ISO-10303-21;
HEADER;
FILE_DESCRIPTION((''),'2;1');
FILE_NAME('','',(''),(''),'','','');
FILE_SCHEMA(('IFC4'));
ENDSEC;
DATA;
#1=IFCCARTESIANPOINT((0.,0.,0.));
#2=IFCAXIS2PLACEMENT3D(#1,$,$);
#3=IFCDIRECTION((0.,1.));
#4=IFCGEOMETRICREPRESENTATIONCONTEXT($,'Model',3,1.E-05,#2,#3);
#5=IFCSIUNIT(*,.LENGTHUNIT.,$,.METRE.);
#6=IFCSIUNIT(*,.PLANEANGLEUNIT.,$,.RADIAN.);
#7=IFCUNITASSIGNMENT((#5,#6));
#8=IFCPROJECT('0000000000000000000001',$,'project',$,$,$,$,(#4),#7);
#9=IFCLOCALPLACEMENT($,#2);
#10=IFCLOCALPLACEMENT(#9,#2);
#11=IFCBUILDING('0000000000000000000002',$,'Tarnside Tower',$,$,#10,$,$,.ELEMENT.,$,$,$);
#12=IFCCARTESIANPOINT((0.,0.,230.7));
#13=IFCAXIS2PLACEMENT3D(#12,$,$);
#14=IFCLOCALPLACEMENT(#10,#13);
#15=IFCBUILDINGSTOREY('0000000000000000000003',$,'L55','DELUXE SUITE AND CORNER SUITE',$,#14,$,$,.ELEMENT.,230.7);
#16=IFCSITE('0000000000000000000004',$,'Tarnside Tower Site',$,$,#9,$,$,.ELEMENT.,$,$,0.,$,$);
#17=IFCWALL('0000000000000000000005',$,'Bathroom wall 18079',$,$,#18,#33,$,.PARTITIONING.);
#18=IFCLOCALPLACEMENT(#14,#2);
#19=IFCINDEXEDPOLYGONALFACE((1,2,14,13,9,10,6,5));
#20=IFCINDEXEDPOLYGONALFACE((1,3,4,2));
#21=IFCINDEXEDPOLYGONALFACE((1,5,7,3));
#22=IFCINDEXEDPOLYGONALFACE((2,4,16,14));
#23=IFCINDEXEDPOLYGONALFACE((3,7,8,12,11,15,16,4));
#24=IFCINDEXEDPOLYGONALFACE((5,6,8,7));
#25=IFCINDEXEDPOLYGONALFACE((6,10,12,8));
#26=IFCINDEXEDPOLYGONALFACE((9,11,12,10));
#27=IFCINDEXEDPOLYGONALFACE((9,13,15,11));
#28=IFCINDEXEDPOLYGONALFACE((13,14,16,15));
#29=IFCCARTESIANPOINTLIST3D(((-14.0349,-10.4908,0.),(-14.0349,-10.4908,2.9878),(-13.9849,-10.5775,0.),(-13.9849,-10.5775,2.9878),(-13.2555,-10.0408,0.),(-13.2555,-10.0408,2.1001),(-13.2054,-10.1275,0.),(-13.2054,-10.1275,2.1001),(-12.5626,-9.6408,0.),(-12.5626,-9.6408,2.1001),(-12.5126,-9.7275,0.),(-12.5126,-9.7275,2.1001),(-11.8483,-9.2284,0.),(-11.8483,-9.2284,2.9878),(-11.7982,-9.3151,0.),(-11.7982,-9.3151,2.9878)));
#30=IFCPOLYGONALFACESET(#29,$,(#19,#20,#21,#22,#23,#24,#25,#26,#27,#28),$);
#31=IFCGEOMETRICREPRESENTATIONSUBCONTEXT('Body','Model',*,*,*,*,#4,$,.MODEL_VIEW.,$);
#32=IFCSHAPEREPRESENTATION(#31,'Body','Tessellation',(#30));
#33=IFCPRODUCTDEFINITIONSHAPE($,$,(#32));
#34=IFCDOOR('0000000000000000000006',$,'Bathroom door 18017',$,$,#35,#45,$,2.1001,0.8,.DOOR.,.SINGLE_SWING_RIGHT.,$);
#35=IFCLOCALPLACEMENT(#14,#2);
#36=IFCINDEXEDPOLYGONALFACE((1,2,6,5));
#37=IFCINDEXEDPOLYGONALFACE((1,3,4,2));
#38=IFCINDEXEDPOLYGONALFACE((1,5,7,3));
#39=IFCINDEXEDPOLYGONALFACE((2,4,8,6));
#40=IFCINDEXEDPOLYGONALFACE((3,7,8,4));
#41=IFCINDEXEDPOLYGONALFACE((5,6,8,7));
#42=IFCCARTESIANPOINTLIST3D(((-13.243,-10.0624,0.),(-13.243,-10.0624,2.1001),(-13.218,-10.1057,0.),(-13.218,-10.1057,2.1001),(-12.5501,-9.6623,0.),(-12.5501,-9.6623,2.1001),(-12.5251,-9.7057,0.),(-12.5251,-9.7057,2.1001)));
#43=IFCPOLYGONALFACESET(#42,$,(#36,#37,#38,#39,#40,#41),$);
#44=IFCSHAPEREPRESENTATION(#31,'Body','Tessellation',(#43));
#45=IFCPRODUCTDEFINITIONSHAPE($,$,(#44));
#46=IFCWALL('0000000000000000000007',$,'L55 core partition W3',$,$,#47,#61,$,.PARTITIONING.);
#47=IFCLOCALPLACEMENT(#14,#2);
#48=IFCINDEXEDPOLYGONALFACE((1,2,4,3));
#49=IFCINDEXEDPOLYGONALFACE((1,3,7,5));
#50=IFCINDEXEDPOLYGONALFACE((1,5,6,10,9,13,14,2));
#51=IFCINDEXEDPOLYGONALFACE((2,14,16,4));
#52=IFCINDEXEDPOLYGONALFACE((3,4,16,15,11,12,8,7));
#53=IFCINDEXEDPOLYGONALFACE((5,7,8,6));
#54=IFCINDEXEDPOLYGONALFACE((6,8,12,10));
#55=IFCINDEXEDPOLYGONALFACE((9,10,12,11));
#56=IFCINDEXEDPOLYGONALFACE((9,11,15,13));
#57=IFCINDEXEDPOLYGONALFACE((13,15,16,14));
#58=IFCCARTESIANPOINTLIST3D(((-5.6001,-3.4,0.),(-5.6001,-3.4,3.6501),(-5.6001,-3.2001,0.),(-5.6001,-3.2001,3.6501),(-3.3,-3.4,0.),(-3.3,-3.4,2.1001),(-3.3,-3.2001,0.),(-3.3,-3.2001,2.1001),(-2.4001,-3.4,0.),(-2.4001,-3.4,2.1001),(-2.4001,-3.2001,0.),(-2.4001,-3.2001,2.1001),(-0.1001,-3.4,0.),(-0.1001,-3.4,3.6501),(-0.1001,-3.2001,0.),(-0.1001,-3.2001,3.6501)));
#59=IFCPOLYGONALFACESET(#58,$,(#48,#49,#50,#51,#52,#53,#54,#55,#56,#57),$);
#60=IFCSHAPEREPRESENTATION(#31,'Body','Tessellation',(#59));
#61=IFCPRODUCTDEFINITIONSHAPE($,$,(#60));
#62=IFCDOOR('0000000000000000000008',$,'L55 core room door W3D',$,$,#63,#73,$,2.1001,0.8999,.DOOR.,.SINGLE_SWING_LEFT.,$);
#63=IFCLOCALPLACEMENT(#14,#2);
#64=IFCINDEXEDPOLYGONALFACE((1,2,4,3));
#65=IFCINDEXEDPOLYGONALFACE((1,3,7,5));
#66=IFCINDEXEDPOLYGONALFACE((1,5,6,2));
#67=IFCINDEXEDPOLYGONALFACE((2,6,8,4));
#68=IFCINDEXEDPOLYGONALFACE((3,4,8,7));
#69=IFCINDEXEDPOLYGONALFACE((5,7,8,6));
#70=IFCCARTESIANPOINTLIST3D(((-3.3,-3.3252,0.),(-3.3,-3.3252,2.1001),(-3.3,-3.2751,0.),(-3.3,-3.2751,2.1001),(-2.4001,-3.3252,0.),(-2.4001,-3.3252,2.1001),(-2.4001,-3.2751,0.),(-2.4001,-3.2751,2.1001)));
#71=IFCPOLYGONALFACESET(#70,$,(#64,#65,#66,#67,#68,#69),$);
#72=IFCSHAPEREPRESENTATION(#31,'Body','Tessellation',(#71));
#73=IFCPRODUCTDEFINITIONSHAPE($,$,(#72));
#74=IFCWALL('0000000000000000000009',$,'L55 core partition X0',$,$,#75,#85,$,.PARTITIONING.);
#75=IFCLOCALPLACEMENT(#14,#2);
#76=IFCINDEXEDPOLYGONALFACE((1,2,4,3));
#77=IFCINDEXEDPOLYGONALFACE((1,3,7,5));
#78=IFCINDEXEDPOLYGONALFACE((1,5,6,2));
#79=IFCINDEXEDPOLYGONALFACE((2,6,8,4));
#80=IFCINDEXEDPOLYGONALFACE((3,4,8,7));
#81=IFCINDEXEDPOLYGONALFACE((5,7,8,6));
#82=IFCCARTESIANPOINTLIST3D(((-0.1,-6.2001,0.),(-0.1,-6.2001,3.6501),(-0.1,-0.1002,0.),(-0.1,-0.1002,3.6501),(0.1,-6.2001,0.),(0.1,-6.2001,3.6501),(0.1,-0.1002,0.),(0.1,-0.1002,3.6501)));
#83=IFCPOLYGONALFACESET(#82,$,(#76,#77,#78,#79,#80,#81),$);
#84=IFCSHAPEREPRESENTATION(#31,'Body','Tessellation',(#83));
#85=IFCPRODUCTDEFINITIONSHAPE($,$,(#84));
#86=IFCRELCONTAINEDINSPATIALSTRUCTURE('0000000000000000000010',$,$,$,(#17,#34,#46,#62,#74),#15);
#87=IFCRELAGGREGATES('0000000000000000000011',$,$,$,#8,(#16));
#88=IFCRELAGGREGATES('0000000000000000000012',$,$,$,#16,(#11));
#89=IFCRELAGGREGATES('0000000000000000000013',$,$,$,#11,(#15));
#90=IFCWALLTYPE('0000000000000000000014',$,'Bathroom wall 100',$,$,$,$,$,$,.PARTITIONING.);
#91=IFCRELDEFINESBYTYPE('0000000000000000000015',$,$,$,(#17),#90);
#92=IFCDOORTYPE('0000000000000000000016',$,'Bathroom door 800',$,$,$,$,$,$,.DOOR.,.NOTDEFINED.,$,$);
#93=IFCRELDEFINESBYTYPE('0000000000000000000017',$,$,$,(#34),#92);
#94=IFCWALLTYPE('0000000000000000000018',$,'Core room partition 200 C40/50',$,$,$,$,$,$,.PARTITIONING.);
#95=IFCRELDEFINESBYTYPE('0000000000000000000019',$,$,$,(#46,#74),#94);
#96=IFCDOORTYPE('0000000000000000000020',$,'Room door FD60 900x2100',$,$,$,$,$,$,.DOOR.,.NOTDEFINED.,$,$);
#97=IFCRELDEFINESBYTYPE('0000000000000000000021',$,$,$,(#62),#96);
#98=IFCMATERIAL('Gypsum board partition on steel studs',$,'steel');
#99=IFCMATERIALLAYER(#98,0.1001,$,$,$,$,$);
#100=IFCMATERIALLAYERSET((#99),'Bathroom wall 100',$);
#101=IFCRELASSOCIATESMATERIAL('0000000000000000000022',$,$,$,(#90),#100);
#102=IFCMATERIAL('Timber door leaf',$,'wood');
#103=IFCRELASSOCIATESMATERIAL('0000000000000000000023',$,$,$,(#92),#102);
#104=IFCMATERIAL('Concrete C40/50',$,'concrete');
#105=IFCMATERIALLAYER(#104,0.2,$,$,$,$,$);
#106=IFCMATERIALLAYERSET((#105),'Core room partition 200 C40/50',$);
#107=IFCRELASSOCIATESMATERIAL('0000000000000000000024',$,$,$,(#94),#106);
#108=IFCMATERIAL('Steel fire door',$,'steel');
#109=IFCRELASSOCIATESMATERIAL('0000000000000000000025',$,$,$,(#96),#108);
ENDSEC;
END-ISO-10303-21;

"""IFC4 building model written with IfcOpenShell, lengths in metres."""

from ifc_helpers import new_model, si_unit, direction, frame, frame_2d, origin, place, context, subcontext, project, spatial, rectangle, extrude, material, layer, layer_set, type_object, element, fill, save


model = new_model("IFC4")

# Units and contexts
model_context = context("Model", 3, precision=1e-05, world=origin(), true_north=direction((0.0, 1.0)))
body_context = subcontext(model_context, "Body", "Model", "MODEL_VIEW")
ifc_project = project(units=[si_unit("LENGTHUNIT", "METRE"), si_unit("PLANEANGLEUNIT", "RADIAN")], contexts=[model_context])

# Site, building, storey
site_placement = place(None, origin())
site = spatial("IfcSite", under=ifc_project, at=site_placement, Name="Tarnside Tower Site", CompositionType="ELEMENT", RefElevation=0.0)
building_placement = place(site_placement, origin())
building = spatial("IfcBuilding", under=site, at=building_placement, Name="Tarnside Tower", CompositionType="ELEMENT")
storey_placement = place(building_placement, frame((0.0, 0.0, 230.7)))
storey = spatial("IfcBuildingStorey", under=building, at=storey_placement, Name="L55", Description="DELUXE SUITE AND CORNER SUITE", CompositionType="ELEMENT", Elevation=230.7)

# Walls, openings, doors
ifc_material_1 = material(Name="Gypsum board partition on steel studs", Category="steel")
ifc_layer_1 = layer(ifc_material_1, 0.1001)
ifc_layer_set_1 = layer_set([ifc_layer_1], Name="Bathroom wall 100")
wall_type_1 = type_object("IfcWallType", Name="Bathroom wall 100", PredefinedType="PARTITIONING", material=ifc_layer_set_1)
wall_1_placement = place(storey_placement, frame((-11.8232, -9.2717, 0.0), z_axis=(0.0, 0.0, 1.0), x_axis=(-0.866039, -0.499976, 0.0)))
wall_1 = element("IfcWall", 1, at=wall_1_placement, inside=storey, type_object=wall_type_1, Name="Bathroom wall 18079", PredefinedType="PARTITIONING", context=body_context, shape_type="SweptSolid", body=[
    extrude(rectangle(XDim=2.5249, YDim=0.1001, at=frame_2d((1.2625, 0.0))), origin(), (0.0, 0.0, 1.0), 2.9878),
])
opening_1_placement = place(wall_1_placement, frame((0.825, 0.0, 0.0)))
opening_1 = element("IfcOpeningElement", 2, at=opening_1_placement, cuts=wall_1, PredefinedType="OPENING", context=body_context, shape_type="SweptSolid", body=[
    extrude(rectangle(XDim=0.8, YDim=2.1001, at=frame_2d((0.3999, 1.05))), frame((0.0, 0.0601, 0.0), z_axis=(0.0, -1.0, 0.0), x_axis=(1.0, 0.0, 0.0)), (0.0, 0.0, 1.0), 0.1201),
])
ifc_material_2 = material(Name="Timber door leaf", Category="wood")
door_type_1 = type_object("IfcDoorType", Name="Bathroom door 800", OperationType="NOTDEFINED", PredefinedType="DOOR", material=ifc_material_2)
door_1_placement = place(opening_1_placement, origin())
door_1 = element("IfcDoor", 3, at=door_1_placement, inside=storey, type_object=door_type_1, Name="Bathroom door 18017", OperationType="SINGLE_SWING_RIGHT", OverallHeight=2.1001, OverallWidth=0.8, PredefinedType="DOOR", context=body_context, shape_type="SweptSolid", body=[
    extrude(rectangle(XDim=0.8, YDim=2.1001, at=frame_2d((0.3999, 1.05))), frame((0.0, 0.0249, 0.0), z_axis=(0.0, -1.0, 0.0), x_axis=(1.0, 0.0, 0.0)), (0.0, 0.0, 1.0), 0.05),
])
fill(opening_1, door_1)
ifc_material_3 = material(Name="Concrete C40/50", Category="concrete")
ifc_layer_2 = layer(ifc_material_3, 0.2)
ifc_layer_set_2 = layer_set([ifc_layer_2], Name="Core room partition 200 C40/50")
wall_type_2 = type_object("IfcWallType", Name="Core room partition 200 C40/50", PredefinedType="PARTITIONING", material=ifc_layer_set_2)
wall_2_placement = place(storey_placement, frame((-5.6001, -3.3, 0.0), z_axis=(0.0, 0.0, 1.0), x_axis=(1.0, 0.0, 0.0)))
wall_2 = element("IfcWall", 4, at=wall_2_placement, inside=storey, type_object=wall_type_2, Name="L55 core partition W3", PredefinedType="PARTITIONING", context=body_context, shape_type="SweptSolid", body=[
    extrude(rectangle(XDim=5.5, YDim=0.2, at=frame_2d((2.75, 0.0))), origin(), (0.0, 0.0, 1.0), 3.6501),
])
opening_2_placement = place(wall_2_placement, frame((2.3, 0.0, 0.0)))
opening_2 = element("IfcOpeningElement", 5, at=opening_2_placement, cuts=wall_2, PredefinedType="OPENING", context=body_context, shape_type="SweptSolid", body=[
    extrude(rectangle(XDim=0.8999, YDim=2.1001, at=frame_2d((0.45, 1.05))), frame((0.0, 0.1099, 0.0), z_axis=(0.0, -1.0, 0.0), x_axis=(1.0, 0.0, 0.0)), (0.0, 0.0, 1.0), 0.22),
])
ifc_material_4 = material(Name="Steel fire door", Category="steel")
door_type_2 = type_object("IfcDoorType", Name="Room door FD60 900x2100", OperationType="NOTDEFINED", PredefinedType="DOOR", material=ifc_material_4)
door_2_placement = place(opening_2_placement, origin())
door_2 = element("IfcDoor", 6, at=door_2_placement, inside=storey, type_object=door_type_2, Name="L55 core room door W3D", OperationType="SINGLE_SWING_LEFT", OverallHeight=2.1001, OverallWidth=0.8999, PredefinedType="DOOR", context=body_context, shape_type="SweptSolid", body=[
    extrude(rectangle(XDim=0.8999, YDim=2.1001, at=frame_2d((0.45, 1.05))), frame((0.0, 0.0249, 0.0), z_axis=(0.0, -1.0, 0.0), x_axis=(1.0, 0.0, 0.0)), (0.0, 0.0, 1.0), 0.05),
])
fill(opening_2, door_2)

# Wall
wall_3_placement = place(storey_placement, frame((0.0, -6.2, 0.0), z_axis=(0.0, 0.0, 1.0), x_axis=(0.0, 1.0, 0.0)))
element("IfcWall", 7, at=wall_3_placement, inside=storey, type_object=wall_type_2, Name="L55 core partition X0", PredefinedType="PARTITIONING", context=body_context, shape_type="SweptSolid", body=[
    extrude(rectangle(XDim=6.0999, YDim=0.2, at=frame_2d((3.0498, 0.0))), origin(), (0.0, 0.0, 1.0), 3.6501),
])

save(model, "model.ifc")
